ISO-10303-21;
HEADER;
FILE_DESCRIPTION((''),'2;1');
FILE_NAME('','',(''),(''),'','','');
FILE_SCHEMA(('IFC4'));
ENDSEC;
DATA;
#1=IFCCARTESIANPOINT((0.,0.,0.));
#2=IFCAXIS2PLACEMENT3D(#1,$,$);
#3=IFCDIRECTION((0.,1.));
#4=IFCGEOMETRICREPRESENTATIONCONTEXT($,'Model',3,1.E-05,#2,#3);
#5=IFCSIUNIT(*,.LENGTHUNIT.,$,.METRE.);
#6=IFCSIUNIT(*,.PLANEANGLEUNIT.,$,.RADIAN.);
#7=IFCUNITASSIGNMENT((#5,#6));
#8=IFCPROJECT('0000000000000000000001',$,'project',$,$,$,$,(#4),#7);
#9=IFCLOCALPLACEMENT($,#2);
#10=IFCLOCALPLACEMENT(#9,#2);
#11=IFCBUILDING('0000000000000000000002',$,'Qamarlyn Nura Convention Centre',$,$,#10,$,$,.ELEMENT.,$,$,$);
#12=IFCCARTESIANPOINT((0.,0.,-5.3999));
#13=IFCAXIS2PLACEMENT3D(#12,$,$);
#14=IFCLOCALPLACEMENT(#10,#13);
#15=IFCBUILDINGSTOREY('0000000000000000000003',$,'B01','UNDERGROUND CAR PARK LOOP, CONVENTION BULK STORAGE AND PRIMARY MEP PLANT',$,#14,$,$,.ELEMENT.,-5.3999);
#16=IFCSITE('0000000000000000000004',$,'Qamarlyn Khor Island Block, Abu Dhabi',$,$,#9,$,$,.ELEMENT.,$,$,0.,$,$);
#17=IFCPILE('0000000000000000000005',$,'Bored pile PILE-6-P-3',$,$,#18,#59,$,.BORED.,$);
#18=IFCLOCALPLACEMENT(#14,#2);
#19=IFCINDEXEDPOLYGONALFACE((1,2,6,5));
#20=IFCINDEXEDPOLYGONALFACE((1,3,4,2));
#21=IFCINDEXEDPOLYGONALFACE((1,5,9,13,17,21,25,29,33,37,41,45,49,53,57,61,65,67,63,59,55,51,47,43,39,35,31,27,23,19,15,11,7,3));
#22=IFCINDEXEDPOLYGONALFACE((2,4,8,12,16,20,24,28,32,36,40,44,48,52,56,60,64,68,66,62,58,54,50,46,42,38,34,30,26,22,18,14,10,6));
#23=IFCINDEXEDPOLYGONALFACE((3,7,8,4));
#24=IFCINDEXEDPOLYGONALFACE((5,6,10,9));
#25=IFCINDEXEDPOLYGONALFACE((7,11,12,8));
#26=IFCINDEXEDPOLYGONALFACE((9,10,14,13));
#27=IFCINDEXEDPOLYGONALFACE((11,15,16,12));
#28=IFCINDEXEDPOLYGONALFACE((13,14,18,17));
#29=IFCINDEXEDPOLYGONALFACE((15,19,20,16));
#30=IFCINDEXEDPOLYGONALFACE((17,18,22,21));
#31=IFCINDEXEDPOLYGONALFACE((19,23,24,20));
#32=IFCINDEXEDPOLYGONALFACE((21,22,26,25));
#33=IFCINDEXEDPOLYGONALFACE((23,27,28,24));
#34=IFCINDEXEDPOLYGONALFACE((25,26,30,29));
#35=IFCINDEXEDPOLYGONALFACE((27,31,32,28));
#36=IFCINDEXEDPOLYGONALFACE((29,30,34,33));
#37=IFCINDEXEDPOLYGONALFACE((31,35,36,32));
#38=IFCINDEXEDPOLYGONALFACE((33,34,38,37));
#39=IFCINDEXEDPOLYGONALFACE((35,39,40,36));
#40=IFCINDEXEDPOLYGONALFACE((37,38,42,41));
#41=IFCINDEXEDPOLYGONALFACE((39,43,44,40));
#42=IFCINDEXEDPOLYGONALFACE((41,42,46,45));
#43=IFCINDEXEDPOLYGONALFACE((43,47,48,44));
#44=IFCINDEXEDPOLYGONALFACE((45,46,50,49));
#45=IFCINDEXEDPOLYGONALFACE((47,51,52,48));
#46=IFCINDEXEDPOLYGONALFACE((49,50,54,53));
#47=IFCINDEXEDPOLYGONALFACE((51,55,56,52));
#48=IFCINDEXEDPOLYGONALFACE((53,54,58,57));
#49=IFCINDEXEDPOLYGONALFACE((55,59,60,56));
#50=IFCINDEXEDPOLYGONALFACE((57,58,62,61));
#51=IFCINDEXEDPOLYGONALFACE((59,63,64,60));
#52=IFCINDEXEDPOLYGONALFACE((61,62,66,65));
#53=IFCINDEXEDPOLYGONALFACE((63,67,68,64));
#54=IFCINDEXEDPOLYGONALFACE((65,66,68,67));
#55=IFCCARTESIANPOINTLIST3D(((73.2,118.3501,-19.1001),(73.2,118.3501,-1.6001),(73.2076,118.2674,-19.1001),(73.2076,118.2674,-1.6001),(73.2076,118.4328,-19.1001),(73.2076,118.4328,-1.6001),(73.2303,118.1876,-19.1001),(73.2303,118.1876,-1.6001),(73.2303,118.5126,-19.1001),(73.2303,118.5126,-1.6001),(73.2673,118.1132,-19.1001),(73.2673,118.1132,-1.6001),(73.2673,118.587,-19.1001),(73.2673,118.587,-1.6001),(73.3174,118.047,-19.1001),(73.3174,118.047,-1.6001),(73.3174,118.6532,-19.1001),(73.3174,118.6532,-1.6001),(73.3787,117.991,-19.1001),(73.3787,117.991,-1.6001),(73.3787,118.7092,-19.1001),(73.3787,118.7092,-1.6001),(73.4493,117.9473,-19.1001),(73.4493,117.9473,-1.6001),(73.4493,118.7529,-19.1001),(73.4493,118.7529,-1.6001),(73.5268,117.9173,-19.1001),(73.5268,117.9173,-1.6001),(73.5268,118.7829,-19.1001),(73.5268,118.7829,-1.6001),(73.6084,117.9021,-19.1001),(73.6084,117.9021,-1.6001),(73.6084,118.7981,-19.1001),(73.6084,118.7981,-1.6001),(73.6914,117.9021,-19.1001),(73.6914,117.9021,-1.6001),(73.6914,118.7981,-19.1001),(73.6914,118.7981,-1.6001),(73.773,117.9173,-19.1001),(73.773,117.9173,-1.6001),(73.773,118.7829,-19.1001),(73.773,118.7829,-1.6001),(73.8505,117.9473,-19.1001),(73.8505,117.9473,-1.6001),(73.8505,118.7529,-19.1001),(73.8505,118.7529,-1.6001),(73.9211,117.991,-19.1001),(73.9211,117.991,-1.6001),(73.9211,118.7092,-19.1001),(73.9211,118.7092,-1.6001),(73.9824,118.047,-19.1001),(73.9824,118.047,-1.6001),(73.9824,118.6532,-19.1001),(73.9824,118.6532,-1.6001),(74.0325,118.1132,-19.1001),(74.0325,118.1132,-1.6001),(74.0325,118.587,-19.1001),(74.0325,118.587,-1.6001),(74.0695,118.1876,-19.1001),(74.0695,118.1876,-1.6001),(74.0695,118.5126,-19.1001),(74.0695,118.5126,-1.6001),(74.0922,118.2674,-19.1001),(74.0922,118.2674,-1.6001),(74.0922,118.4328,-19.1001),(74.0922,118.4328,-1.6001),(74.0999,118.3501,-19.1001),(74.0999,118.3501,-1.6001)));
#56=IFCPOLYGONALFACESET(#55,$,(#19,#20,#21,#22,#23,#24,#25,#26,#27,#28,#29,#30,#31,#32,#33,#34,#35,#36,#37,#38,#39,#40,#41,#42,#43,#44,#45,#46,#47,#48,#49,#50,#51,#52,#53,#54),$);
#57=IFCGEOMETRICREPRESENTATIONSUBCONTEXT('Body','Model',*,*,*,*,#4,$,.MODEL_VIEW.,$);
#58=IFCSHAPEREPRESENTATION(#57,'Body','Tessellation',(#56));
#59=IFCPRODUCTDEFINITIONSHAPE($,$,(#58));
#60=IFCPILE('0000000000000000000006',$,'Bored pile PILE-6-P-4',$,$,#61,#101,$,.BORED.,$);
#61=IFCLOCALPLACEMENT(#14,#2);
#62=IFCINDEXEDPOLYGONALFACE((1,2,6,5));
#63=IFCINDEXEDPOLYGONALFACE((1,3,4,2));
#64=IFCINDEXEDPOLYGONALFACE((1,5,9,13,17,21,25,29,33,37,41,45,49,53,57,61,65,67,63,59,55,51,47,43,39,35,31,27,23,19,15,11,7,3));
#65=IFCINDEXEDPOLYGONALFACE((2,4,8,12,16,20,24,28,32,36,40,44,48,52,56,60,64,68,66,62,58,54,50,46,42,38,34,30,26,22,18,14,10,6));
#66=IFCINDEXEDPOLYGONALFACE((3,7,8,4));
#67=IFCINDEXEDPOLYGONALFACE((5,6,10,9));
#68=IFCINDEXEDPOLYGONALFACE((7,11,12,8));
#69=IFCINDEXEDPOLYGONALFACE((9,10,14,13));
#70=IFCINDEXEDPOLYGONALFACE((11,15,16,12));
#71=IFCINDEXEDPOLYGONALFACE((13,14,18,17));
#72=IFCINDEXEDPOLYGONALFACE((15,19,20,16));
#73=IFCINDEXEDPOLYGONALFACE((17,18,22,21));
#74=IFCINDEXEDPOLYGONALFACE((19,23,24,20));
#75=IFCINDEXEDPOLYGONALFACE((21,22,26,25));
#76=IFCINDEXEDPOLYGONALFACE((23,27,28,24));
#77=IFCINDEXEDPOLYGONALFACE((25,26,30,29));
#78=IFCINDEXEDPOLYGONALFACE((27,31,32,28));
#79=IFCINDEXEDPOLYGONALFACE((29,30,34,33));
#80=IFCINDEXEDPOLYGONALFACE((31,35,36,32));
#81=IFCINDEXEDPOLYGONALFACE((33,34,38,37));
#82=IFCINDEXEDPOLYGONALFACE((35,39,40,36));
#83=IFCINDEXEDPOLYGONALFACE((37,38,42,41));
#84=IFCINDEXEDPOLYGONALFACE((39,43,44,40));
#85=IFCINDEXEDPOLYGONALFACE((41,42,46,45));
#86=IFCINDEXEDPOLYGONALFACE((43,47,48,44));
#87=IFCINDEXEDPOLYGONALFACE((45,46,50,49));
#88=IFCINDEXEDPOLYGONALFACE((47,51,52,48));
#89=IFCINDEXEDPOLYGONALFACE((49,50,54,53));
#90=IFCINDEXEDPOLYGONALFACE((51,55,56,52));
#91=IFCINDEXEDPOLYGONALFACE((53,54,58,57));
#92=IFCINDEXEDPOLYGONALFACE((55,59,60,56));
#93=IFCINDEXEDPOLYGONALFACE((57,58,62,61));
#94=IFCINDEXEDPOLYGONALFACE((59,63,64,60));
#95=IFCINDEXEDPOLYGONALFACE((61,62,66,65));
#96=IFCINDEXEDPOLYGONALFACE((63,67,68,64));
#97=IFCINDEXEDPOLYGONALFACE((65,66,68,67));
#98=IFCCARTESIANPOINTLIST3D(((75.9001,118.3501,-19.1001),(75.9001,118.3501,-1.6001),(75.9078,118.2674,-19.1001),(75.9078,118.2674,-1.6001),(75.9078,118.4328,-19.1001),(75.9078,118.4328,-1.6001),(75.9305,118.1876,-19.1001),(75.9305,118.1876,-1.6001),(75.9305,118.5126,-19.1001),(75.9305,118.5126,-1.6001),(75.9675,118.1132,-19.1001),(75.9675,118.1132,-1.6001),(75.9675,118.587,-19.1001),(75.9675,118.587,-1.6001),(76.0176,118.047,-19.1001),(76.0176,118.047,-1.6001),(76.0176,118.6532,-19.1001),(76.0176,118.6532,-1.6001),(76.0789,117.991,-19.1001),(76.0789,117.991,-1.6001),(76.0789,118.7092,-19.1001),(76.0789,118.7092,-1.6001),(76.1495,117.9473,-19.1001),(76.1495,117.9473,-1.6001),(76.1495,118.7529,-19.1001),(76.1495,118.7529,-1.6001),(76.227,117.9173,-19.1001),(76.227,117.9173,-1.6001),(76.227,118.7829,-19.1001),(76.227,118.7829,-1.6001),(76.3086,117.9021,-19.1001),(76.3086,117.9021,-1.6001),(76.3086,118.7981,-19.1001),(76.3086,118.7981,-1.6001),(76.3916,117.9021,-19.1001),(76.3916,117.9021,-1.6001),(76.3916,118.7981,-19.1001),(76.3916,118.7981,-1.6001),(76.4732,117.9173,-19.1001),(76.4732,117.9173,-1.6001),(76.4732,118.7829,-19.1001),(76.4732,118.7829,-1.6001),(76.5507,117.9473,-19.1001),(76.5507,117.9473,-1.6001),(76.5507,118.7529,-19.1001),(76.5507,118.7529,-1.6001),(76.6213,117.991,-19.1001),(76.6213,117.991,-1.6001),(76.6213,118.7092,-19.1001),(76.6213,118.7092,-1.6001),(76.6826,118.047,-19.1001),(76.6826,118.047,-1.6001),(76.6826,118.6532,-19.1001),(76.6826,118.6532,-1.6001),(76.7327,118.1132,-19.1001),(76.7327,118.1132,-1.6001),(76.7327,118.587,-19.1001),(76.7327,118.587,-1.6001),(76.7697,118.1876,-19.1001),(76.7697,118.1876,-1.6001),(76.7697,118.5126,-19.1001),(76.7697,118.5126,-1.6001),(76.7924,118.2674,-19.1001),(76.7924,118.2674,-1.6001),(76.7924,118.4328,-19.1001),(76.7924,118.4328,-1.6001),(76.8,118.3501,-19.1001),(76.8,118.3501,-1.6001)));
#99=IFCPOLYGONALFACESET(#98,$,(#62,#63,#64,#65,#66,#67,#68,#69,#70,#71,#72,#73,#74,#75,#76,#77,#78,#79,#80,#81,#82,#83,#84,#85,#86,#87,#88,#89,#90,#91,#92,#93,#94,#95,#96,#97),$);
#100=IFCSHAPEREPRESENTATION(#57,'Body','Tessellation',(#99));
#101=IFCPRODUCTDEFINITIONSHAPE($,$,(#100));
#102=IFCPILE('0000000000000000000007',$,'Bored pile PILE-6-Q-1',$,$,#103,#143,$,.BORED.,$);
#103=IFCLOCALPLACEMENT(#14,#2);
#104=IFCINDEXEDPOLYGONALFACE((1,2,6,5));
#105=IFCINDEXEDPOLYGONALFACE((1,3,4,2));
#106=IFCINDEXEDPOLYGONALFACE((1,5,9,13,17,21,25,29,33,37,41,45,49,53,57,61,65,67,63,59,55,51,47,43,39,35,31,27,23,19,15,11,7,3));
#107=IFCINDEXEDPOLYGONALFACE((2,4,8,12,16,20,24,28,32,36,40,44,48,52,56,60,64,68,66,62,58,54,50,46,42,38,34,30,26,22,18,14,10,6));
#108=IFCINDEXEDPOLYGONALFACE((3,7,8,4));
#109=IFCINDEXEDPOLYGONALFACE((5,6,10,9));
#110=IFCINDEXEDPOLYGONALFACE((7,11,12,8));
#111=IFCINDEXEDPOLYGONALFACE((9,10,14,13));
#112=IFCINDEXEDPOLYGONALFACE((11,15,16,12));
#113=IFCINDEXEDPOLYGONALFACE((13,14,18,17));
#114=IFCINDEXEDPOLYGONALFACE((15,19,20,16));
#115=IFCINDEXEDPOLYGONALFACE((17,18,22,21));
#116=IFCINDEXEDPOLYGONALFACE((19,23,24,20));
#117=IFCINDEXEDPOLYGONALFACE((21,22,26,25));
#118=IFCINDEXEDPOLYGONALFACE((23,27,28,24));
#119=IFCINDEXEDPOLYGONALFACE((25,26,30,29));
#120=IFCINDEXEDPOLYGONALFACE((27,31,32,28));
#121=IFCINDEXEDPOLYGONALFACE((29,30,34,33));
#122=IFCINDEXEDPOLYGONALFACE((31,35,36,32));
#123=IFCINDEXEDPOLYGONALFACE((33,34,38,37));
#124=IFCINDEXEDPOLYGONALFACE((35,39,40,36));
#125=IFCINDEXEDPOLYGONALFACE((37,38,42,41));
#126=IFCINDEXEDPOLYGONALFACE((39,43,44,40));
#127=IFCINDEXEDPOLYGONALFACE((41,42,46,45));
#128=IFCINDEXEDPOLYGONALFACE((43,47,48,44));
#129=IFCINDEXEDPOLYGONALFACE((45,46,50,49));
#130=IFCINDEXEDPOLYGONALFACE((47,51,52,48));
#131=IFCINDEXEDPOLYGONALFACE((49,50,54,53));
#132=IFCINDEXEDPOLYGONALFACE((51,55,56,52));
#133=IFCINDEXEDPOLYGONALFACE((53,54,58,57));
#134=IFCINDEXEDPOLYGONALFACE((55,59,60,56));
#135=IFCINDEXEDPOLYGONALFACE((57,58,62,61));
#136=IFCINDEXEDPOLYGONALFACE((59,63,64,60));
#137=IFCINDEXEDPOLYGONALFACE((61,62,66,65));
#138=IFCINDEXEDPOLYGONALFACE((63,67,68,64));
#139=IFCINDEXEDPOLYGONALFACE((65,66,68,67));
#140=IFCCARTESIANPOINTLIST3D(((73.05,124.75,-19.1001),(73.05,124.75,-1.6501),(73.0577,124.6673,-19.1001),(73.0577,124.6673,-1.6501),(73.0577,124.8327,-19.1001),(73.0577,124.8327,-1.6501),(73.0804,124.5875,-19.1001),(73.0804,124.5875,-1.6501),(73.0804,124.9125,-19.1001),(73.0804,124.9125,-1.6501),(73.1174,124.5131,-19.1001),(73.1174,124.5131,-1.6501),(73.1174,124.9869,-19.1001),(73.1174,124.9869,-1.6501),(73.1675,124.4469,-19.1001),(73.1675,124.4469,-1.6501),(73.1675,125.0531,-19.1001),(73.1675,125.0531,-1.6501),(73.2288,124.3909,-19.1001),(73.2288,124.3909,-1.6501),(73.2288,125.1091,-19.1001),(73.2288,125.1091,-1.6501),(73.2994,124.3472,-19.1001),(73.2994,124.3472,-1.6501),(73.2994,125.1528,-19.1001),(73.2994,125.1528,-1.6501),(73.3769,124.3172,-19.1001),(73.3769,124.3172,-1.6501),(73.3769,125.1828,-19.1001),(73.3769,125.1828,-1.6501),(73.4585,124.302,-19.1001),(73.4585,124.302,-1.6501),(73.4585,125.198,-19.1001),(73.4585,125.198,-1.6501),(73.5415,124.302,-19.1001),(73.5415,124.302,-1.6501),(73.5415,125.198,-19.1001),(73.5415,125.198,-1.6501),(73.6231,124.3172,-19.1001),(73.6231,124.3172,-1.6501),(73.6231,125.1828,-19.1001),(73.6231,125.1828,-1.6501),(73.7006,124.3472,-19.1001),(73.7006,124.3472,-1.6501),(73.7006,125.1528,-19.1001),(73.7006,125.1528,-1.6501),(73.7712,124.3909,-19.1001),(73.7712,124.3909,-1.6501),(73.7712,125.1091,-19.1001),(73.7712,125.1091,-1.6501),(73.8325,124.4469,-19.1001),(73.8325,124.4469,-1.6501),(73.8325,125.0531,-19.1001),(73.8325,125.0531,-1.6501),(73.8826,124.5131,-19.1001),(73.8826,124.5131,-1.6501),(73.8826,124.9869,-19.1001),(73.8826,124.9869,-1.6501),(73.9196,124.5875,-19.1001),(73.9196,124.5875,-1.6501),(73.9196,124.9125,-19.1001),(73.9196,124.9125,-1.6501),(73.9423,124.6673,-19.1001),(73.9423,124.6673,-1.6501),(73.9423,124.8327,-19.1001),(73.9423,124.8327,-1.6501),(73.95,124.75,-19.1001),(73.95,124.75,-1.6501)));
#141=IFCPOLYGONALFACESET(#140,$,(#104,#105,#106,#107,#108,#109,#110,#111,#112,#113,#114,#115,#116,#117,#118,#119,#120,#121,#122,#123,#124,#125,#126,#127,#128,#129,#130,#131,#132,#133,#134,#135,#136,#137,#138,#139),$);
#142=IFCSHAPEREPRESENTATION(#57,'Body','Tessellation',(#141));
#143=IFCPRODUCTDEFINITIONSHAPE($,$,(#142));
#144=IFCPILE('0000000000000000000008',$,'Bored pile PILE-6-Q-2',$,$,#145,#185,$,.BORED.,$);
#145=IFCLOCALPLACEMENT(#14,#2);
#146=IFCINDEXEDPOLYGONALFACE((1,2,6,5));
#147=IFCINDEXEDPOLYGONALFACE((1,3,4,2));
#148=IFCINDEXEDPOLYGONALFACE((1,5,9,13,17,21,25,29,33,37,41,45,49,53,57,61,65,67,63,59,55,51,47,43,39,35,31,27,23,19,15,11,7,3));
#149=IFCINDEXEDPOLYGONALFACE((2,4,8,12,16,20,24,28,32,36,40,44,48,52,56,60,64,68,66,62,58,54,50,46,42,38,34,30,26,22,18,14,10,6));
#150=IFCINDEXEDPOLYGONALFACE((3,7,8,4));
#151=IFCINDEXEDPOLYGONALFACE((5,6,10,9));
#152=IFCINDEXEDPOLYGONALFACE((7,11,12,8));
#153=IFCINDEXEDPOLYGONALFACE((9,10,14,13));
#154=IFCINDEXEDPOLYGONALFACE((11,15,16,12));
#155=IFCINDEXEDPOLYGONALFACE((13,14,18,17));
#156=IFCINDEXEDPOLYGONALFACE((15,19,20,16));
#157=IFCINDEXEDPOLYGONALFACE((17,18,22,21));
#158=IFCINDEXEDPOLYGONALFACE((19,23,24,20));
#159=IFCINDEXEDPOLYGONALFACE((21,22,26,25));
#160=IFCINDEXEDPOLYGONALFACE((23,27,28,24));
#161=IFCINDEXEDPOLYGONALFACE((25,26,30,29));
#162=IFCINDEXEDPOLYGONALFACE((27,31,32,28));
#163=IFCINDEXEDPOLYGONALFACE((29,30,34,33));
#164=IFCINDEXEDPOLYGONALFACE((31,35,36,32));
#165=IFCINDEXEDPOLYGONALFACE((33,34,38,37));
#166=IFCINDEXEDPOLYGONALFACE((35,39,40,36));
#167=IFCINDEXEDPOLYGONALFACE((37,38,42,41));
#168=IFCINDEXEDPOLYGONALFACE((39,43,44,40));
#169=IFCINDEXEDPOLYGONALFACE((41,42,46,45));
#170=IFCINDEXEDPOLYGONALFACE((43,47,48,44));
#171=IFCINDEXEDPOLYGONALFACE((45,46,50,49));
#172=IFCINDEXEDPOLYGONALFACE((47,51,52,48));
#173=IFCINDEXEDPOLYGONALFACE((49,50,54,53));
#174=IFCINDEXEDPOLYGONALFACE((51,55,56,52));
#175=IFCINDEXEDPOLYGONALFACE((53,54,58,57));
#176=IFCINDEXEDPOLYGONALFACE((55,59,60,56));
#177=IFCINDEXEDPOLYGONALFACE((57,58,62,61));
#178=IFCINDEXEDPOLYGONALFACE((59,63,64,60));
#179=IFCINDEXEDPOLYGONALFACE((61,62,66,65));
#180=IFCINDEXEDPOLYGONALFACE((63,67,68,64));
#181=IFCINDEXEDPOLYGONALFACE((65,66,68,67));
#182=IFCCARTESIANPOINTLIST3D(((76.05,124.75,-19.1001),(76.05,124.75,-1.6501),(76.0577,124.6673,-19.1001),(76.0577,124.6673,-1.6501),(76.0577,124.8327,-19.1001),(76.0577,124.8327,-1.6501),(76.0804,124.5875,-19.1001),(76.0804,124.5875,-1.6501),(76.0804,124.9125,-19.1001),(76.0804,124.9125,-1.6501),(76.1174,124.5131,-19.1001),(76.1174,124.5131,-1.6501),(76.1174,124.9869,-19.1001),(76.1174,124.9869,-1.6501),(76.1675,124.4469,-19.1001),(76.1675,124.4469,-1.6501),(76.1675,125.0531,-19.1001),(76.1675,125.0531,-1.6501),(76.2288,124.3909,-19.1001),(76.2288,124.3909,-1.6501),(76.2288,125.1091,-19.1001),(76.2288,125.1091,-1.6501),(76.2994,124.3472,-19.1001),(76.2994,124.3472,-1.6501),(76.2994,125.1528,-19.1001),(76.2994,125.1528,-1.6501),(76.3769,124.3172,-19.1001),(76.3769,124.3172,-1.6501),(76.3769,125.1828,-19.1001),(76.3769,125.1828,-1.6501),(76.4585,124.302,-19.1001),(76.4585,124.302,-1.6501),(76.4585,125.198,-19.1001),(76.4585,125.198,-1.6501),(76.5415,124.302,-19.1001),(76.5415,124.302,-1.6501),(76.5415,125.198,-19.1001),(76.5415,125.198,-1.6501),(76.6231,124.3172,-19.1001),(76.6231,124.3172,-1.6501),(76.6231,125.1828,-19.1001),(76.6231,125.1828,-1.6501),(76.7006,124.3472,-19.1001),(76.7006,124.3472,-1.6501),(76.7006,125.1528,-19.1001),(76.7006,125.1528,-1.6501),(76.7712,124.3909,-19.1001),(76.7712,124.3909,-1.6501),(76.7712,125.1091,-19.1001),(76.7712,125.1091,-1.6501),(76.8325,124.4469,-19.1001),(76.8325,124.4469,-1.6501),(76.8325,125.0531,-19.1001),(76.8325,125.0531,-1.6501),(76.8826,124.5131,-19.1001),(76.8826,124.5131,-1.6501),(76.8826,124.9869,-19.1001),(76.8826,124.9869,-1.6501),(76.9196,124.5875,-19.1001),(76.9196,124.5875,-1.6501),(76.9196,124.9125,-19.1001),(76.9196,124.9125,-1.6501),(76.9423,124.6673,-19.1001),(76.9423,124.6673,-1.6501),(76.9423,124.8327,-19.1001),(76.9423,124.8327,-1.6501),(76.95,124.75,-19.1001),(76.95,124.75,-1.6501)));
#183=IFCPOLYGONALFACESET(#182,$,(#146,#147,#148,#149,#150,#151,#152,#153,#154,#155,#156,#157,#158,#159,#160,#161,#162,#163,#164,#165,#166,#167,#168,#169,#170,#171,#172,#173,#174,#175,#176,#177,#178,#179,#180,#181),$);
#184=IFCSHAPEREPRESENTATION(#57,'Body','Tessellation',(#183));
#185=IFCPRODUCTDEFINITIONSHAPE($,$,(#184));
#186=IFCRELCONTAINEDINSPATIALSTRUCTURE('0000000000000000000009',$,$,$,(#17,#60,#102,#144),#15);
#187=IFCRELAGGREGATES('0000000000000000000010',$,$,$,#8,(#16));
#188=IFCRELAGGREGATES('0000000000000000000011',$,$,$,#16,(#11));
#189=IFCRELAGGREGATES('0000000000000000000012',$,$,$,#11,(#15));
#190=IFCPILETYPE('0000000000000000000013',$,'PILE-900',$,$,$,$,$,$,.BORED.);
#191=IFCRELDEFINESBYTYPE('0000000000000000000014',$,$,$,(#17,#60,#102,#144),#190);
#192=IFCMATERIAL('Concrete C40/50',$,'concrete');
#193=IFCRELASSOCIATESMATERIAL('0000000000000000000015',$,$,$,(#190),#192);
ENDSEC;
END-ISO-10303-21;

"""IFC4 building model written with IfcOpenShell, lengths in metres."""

from ifc_helpers import new_model, si_unit, direction, frame, origin, origin_2d, place, context, subcontext, project, spatial, circle, extrude, material, material_profile, profile_set, type_object, element, save


model = new_model("IFC4")

# Units and contexts
model_context = context("Model", 3, precision=1e-05, world=origin(), true_north=direction((0.0, 1.0)))
body_context = subcontext(model_context, "Body", "Model", "MODEL_VIEW")
ifc_project = project(units=[si_unit("LENGTHUNIT", "METRE"), si_unit("PLANEANGLEUNIT", "RADIAN")], contexts=[model_context])

# Site, building, storey
site_placement = place(None, origin())
site = spatial("IfcSite", under=ifc_project, at=site_placement, Name="Qamarlyn Khor Island Block, Abu Dhabi", CompositionType="ELEMENT", RefElevation=0.0)
building_placement = place(site_placement, origin())
building = spatial("IfcBuilding", under=site, at=building_placement, Name="Qamarlyn Nura Convention Centre", CompositionType="ELEMENT")
storey_placement = place(building_placement, frame((0.0, 0.0, -5.3999)))
storey = spatial("IfcBuildingStorey", under=building, at=storey_placement, Name="B01", Description="UNDERGROUND CAR PARK LOOP, CONVENTION BULK STORAGE AND PRIMARY MEP PLANT", CompositionType="ELEMENT", Elevation=-5.3999)

# Shared definitions
ifc_material_1 = material(Name="Concrete C40/50", Category="concrete")

# Piles
ifc_material_profile_1 = material_profile(ifc_material_1, circle(Radius=0.45, at=origin_2d()), Name="BORED PILE 900")
ifc_profile_set_1 = profile_set([ifc_material_profile_1], Name="Concrete C40/50")
pile_type = type_object("IfcPileType", Name="PILE-900", PredefinedType="BORED", material=ifc_profile_set_1)
for number, where, z_axis, x_axis, name in (
    (1, (73.6499, 118.3501, -1.6001), (0.0, 0.0, -1.0), (1.0, 0.0, 0.0), "Bored pile PILE-6-P-3"),
    (2, (76.3501, 118.3501, -1.6001), (0.0, 0.0, -1.0), (1.0, 0.0, 0.0), "Bored pile PILE-6-P-4"),
):
    element("IfcPile", number, at=place(storey_placement, frame(where, z_axis=z_axis, x_axis=x_axis)), inside=storey, type_object=pile_type, Name=name, PredefinedType="BORED", context=body_context, shape_type="SweptSolid", body=[
        extrude(circle(Radius=0.45, at=origin_2d()), origin(), (0.0, 0.0, 1.0), 17.5),
    ])
for number, where, z_axis, x_axis, name in (
    (3, (73.5, 124.75, -1.6501), (0.0, 0.0, -1.0), (1.0, 0.0, 0.0), "Bored pile PILE-6-Q-1"),
    (4, (76.5, 124.75, -1.6501), (0.0, 0.0, -1.0), (1.0, 0.0, 0.0), "Bored pile PILE-6-Q-2"),
):
    element("IfcPile", number, at=place(storey_placement, frame(where, z_axis=z_axis, x_axis=x_axis)), inside=storey, type_object=pile_type, Name=name, PredefinedType="BORED", context=body_context, shape_type="SweptSolid", body=[
        extrude(circle(Radius=0.45, at=origin_2d()), origin(), (0.0, 0.0, 1.0), 17.45),
    ])

save(model, "model.ifc")
